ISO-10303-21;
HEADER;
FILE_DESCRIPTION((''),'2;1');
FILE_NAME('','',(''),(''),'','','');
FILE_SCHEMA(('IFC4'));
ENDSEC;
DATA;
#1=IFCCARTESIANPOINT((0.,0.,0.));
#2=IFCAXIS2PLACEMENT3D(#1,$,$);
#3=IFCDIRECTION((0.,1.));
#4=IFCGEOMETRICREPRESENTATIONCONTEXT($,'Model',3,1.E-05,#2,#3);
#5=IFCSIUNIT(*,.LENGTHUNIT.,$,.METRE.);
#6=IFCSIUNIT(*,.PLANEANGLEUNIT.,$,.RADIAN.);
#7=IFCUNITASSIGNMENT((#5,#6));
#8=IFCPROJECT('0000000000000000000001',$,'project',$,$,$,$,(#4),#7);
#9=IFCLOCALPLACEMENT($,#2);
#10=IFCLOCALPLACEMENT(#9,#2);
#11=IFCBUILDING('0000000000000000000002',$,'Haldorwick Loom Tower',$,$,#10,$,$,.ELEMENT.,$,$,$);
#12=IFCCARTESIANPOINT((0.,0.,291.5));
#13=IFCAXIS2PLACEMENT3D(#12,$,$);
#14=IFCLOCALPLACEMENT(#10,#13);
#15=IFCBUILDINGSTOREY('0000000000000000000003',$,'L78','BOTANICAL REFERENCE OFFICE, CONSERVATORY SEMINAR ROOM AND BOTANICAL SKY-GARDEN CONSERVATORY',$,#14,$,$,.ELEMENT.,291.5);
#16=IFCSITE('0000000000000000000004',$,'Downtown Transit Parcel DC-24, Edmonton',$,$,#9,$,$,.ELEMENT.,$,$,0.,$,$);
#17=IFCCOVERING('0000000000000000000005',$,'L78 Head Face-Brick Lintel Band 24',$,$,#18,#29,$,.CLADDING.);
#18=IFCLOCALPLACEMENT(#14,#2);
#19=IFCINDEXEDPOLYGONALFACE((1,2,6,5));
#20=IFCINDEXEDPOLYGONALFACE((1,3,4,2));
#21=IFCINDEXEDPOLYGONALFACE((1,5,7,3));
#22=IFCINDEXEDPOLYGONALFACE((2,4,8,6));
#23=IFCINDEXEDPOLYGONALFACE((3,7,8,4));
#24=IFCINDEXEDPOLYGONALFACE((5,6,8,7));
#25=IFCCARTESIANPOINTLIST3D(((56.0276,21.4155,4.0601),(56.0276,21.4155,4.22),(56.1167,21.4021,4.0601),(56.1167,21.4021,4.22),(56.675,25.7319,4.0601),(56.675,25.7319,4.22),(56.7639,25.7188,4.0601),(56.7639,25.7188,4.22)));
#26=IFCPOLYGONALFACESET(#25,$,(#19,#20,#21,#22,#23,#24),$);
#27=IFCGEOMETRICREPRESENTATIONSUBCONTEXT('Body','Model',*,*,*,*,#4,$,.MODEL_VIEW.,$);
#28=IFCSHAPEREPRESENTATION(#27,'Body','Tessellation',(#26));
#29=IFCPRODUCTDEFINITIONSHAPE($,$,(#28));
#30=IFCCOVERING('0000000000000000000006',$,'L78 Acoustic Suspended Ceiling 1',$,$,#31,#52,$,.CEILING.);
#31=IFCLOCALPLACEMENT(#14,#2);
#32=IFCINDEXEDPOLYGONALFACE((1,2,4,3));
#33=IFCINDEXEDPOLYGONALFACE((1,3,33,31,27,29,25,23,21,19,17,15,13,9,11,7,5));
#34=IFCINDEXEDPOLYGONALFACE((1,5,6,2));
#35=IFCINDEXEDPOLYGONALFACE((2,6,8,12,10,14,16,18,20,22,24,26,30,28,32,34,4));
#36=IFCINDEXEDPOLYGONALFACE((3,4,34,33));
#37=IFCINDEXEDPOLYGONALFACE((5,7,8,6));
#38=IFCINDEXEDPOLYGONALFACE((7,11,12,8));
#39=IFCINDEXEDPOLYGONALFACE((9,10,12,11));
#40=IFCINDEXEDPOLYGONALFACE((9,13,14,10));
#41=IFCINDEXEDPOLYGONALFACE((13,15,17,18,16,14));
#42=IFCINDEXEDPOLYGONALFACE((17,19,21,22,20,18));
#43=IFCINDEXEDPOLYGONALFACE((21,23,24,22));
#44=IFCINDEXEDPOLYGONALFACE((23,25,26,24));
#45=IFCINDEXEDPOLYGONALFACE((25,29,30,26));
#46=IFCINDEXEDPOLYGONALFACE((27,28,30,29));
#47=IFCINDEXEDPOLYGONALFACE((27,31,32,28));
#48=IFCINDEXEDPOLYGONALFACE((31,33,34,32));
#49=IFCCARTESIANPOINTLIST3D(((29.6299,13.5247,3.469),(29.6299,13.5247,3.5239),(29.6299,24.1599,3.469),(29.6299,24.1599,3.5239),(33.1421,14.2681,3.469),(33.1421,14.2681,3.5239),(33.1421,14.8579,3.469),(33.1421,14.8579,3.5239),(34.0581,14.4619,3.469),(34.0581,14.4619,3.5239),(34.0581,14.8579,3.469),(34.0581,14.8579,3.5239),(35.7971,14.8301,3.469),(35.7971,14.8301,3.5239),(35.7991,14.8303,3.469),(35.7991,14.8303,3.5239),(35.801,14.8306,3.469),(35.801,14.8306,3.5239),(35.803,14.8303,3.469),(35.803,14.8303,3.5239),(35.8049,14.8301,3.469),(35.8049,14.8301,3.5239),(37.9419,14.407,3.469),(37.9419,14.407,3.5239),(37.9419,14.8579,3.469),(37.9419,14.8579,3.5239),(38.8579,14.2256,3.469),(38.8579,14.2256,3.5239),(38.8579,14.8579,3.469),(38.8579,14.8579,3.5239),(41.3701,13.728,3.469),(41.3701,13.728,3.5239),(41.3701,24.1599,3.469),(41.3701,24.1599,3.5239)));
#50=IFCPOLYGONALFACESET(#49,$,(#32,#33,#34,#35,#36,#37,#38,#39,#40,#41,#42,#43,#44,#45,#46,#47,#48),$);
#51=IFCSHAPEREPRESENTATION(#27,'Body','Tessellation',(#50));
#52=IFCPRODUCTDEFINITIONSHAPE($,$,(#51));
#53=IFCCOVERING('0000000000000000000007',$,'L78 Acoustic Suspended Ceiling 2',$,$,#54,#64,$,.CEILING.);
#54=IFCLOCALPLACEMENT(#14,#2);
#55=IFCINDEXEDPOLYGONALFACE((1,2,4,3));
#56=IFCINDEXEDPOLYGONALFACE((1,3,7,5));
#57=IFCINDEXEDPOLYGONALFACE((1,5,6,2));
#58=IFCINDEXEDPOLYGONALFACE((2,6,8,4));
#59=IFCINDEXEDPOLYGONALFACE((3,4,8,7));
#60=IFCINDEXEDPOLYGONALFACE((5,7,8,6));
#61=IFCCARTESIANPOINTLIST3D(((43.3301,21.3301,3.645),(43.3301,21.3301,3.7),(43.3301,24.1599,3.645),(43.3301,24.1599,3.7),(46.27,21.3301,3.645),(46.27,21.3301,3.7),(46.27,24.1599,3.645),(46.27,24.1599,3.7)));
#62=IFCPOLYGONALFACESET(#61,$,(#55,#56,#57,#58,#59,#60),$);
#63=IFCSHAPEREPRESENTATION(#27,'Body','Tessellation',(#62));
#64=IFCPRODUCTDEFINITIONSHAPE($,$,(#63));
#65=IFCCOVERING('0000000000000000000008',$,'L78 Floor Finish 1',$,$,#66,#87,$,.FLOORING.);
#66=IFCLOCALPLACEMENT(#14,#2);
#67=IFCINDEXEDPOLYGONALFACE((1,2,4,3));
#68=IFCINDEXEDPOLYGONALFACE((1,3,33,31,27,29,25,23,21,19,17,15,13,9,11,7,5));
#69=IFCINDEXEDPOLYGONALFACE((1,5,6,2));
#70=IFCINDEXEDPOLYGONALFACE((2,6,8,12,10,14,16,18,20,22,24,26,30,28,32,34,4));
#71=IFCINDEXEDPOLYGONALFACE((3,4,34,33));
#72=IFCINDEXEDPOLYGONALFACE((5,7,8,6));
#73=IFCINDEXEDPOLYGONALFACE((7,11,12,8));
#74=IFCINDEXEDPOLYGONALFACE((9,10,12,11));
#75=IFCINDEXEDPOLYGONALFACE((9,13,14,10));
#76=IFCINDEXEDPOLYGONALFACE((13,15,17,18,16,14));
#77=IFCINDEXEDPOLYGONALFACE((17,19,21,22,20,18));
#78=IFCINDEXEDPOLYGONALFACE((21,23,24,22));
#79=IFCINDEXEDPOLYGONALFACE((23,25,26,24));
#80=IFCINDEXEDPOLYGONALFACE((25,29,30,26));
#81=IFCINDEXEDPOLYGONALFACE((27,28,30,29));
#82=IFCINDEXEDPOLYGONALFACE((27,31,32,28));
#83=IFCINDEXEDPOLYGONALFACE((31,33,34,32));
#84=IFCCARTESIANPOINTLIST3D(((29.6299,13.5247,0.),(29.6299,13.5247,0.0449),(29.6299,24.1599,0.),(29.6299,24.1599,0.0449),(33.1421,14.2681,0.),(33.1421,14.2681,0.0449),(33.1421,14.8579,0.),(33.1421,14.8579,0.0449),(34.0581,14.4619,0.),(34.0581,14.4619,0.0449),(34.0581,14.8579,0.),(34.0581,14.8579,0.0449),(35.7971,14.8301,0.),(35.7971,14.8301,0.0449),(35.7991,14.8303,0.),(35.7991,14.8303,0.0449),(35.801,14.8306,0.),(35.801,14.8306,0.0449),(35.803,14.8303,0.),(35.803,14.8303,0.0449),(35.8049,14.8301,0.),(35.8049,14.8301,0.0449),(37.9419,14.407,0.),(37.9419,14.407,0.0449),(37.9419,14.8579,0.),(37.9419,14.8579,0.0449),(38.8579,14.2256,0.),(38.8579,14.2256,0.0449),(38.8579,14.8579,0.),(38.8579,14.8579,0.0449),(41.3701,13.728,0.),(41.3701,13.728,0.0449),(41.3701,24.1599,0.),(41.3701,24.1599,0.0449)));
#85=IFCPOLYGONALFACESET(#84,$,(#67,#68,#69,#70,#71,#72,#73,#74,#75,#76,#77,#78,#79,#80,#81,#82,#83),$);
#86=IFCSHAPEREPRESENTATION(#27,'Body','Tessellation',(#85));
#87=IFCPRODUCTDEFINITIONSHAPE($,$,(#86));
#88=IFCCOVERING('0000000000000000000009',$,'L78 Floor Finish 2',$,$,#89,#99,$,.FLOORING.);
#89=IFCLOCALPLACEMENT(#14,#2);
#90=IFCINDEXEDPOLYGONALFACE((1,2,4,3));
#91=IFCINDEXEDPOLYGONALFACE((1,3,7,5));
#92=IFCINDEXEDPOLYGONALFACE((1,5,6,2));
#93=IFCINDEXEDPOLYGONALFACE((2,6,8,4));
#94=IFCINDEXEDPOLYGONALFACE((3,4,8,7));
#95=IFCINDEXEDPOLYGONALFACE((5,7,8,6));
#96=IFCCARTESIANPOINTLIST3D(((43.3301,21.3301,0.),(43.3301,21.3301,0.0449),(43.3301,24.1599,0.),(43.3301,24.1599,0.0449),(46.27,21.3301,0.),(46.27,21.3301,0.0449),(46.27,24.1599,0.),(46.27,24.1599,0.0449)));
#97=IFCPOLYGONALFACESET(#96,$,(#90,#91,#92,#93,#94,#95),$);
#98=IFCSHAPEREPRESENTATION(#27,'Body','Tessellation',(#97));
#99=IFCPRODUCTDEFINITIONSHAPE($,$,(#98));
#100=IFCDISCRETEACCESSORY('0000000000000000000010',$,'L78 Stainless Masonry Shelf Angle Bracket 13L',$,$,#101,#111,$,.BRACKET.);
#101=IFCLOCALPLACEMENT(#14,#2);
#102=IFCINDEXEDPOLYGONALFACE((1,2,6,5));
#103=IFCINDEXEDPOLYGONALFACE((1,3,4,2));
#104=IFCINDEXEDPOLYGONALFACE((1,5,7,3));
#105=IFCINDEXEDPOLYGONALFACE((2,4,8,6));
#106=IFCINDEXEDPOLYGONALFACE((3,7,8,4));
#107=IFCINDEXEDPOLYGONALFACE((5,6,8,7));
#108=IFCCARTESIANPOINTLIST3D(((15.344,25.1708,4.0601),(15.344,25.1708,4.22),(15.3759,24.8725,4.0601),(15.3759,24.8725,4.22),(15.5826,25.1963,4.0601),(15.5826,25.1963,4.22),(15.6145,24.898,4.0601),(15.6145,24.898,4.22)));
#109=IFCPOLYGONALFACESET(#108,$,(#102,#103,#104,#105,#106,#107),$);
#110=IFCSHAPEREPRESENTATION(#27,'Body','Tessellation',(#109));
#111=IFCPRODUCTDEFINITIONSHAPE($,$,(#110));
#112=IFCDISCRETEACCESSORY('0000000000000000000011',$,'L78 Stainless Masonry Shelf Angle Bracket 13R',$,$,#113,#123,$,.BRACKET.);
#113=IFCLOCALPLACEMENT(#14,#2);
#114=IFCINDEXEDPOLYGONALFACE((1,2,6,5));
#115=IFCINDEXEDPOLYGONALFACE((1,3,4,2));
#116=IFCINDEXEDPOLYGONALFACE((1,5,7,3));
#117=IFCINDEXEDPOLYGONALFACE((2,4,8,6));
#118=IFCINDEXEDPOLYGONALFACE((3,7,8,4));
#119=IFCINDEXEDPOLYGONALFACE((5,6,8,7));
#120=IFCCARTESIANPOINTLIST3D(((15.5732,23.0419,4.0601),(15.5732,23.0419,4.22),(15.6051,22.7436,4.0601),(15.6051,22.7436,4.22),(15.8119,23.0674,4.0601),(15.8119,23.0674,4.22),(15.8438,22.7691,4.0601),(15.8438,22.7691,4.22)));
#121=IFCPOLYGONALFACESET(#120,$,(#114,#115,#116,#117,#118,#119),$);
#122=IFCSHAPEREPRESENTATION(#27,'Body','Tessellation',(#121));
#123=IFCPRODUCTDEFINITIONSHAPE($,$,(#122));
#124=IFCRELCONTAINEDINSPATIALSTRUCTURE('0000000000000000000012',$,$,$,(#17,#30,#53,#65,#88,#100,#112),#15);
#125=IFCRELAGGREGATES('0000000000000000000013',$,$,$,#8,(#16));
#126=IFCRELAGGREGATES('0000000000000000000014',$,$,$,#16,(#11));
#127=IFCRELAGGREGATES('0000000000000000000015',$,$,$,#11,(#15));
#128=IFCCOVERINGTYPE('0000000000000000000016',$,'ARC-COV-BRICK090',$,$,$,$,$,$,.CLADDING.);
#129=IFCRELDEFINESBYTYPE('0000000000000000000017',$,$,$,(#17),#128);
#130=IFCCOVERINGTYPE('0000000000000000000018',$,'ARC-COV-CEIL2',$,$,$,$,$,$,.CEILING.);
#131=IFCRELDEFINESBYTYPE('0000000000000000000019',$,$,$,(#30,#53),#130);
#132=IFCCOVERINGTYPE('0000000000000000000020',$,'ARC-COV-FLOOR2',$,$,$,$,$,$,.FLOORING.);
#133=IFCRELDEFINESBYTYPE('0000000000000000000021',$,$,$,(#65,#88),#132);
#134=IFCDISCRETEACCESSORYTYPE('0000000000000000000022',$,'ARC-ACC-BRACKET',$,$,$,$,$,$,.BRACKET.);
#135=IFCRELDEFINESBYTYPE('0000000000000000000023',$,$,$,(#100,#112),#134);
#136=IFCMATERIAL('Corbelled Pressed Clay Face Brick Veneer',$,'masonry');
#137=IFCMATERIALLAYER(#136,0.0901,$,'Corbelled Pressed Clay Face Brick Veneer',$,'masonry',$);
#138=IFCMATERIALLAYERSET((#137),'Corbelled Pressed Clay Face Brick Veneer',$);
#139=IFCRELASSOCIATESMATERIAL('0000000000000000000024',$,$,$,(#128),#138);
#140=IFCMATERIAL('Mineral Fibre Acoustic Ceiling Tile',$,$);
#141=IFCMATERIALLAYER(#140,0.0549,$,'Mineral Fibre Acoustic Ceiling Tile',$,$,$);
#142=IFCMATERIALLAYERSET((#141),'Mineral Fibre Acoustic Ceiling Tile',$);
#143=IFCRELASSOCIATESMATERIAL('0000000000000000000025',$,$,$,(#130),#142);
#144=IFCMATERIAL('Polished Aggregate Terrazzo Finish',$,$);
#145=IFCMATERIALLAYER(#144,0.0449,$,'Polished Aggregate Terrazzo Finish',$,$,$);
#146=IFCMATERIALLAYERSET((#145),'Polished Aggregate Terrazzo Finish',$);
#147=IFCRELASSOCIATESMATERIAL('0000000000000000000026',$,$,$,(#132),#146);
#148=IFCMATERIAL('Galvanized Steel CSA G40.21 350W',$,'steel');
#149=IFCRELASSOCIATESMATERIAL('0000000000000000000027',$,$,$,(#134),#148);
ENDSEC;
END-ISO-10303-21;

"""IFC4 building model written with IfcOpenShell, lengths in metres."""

from ifc_helpers import new_model, si_unit, direction, frame, origin, origin_2d, place, context, subcontext, project, spatial, polyline, rectangle, outline, extrude, material, layer, layer_set, type_object, element, save


model = new_model("IFC4")

# Units and contexts
model_context = context("Model", 3, precision=1e-05, world=origin(), true_north=direction((0.0, 1.0)))
body_context = subcontext(model_context, "Body", "Model", "MODEL_VIEW")
ifc_project = project(units=[si_unit("LENGTHUNIT", "METRE"), si_unit("PLANEANGLEUNIT", "RADIAN")], contexts=[model_context])

# Site, building, storey
site_placement = place(None, origin())
site = spatial("IfcSite", under=ifc_project, at=site_placement, Name="Downtown Transit Parcel DC-24, Edmonton", CompositionType="ELEMENT", RefElevation=0.0)
building_placement = place(site_placement, origin())
building = spatial("IfcBuilding", under=site, at=building_placement, Name="Haldorwick Loom Tower", CompositionType="ELEMENT")
storey_placement = place(building_placement, frame((0.0, 0.0, 291.5)))
storey = spatial("IfcBuildingStorey", under=building, at=storey_placement, Name="L78", Description="BOTANICAL REFERENCE OFFICE, CONSERVATORY SEMINAR ROOM AND BOTANICAL SKY-GARDEN CONSERVATORY", CompositionType="ELEMENT", Elevation=291.5)

# Coverings
ifc_material_1 = material(Name="Corbelled Pressed Clay Face Brick Veneer", Category="masonry")
ifc_layer_1 = layer(ifc_material_1, 0.0901, Name="Corbelled Pressed Clay Face Brick Veneer", Category="masonry")
ifc_layer_set_1 = layer_set([ifc_layer_1], Name="Corbelled Pressed Clay Face Brick Veneer")
covering_type_1 = type_object("IfcCoveringType", Name="ARC-COV-BRICK090", PredefinedType="CLADDING", material=ifc_layer_set_1)
covering_1_placement = place(storey_placement, frame((0.0, 0.0, 4.0601)))
element("IfcCovering", 1, at=covering_1_placement, inside=storey, type_object=covering_type_1, Name="L78 Head Face-Brick Lintel Band 24", PredefinedType="CLADDING", context=body_context, shape_type="SweptSolid", body=[
    extrude(outline(polyline([(56.1167, 21.4021), (56.7639, 25.7188), (56.675, 25.7319), (56.0276, 21.4155), (56.1167, 21.4021)])), origin(), (0.0, 0.0, 1.0), 0.1599),
])
ifc_material_2 = material(Name="Mineral Fibre Acoustic Ceiling Tile")
ifc_layer_2 = layer(ifc_material_2, 0.0549, Name="Mineral Fibre Acoustic Ceiling Tile")
ifc_layer_set_2 = layer_set([ifc_layer_2], Name="Mineral Fibre Acoustic Ceiling Tile")
covering_type_2 = type_object("IfcCoveringType", Name="ARC-COV-CEIL2", PredefinedType="CEILING", material=ifc_layer_set_2)
covering_2_placement = place(storey_placement, frame((0.0, 0.0, 3.469)))
element("IfcCovering", 2, at=covering_2_placement, inside=storey, type_object=covering_type_2, Name="L78 Acoustic Suspended Ceiling 1", PredefinedType="CEILING", context=body_context, shape_type="SweptSolid", body=[
    extrude(outline(polyline([(41.3701, 24.1599), (29.6299, 24.1599), (29.6299, 13.5247), (33.1421, 14.2681), (33.1421, 14.8579), (34.0581, 14.8579), (34.0581, 14.4619), (35.7971, 14.8301), (35.7991, 14.8303), (35.801, 14.8306), (35.803, 14.8303), (35.8049, 14.8301), (37.9419, 14.407), (37.9419, 14.8579), (38.8579, 14.8579), (38.8579, 14.2256), (41.3701, 13.728), (41.3701, 24.1599)])), origin(), (0.0, 0.0, 1.0), 0.0549),
])
covering_3_placement = place(storey_placement, frame((0.0, 0.0, 3.645)))
element("IfcCovering", 3, at=covering_3_placement, inside=storey, type_object=covering_type_2, Name="L78 Acoustic Suspended Ceiling 2", PredefinedType="CEILING", context=body_context, shape_type="SweptSolid", body=[
    extrude(outline(polyline([(43.3301, 24.1599), (43.3301, 21.3301), (46.27, 21.3301), (46.27, 24.1599), (43.3301, 24.1599)])), origin(), (0.0, 0.0, 1.0), 0.0549),
])
ifc_material_3 = material(Name="Polished Aggregate Terrazzo Finish")
ifc_layer_3 = layer(ifc_material_3, 0.0449, Name="Polished Aggregate Terrazzo Finish")
ifc_layer_set_3 = layer_set([ifc_layer_3], Name="Polished Aggregate Terrazzo Finish")
covering_type_3 = type_object("IfcCoveringType", Name="ARC-COV-FLOOR2", PredefinedType="FLOORING", material=ifc_layer_set_3)
covering_4_placement = place(storey_placement, origin())
element("IfcCovering", 4, at=covering_4_placement, inside=storey, type_object=covering_type_3, Name="L78 Floor Finish 1", PredefinedType="FLOORING", context=body_context, shape_type="SweptSolid", body=[
    extrude(outline(polyline([(41.3701, 24.1599), (29.6299, 24.1599), (29.6299, 13.5247), (33.1421, 14.2681), (33.1421, 14.8579), (34.0581, 14.8579), (34.0581, 14.4619), (35.7971, 14.8301), (35.7991, 14.8303), (35.801, 14.8306), (35.803, 14.8303), (35.8049, 14.8301), (37.9419, 14.407), (37.9419, 14.8579), (38.8579, 14.8579), (38.8579, 14.2256), (41.3701, 13.728), (41.3701, 24.1599)])), origin(), (0.0, 0.0, 1.0), 0.0449),
])
covering_5_placement = place(storey_placement, origin())
element("IfcCovering", 5, at=covering_5_placement, inside=storey, type_object=covering_type_3, Name="L78 Floor Finish 2", PredefinedType="FLOORING", context=body_context, shape_type="SweptSolid", body=[
    extrude(outline(polyline([(43.3301, 24.1599), (43.3301, 21.3301), (46.27, 21.3301), (46.27, 24.1599), (43.3301, 24.1599)])), origin(), (0.0, 0.0, 1.0), 0.0449),
])

# Shared definitions
ifc_material_4 = material(Name="Galvanized Steel CSA G40.21 350W", Category="steel")

# Discrete accessories
discrete_accessory_type = type_object("IfcDiscreteAccessoryType", Name="ARC-ACC-BRACKET", PredefinedType="BRACKET", material=ifc_material_4)
for number, where, z_axis, x_axis, name in (
    (6, (15.4792, 25.0344, 4.0601), (0.0, 0.0, 1.0), (0.106264, -0.994338, 0.0), "L78 Stainless Masonry Shelf Angle Bracket 13L"),
    (7, (15.7085, 22.9055, 4.0601), (0.0, 0.0, 1.0), (0.106264, -0.994338, 0.0), "L78 Stainless Masonry Shelf Angle Bracket 13R"),
):
    element("IfcDiscreteAccessory", number, at=place(storey_placement, frame(where, z_axis=z_axis, x_axis=x_axis)), inside=storey, type_object=discrete_accessory_type, Name=name, PredefinedType="BRACKET", context=body_context, shape_type="SweptSolid", body=[
        extrude(rectangle(XDim=0.3, YDim=0.24, at=origin_2d()), origin(), (0.0, 0.0, 1.0), 0.1599),
    ])

save(model, "model.ifc")
